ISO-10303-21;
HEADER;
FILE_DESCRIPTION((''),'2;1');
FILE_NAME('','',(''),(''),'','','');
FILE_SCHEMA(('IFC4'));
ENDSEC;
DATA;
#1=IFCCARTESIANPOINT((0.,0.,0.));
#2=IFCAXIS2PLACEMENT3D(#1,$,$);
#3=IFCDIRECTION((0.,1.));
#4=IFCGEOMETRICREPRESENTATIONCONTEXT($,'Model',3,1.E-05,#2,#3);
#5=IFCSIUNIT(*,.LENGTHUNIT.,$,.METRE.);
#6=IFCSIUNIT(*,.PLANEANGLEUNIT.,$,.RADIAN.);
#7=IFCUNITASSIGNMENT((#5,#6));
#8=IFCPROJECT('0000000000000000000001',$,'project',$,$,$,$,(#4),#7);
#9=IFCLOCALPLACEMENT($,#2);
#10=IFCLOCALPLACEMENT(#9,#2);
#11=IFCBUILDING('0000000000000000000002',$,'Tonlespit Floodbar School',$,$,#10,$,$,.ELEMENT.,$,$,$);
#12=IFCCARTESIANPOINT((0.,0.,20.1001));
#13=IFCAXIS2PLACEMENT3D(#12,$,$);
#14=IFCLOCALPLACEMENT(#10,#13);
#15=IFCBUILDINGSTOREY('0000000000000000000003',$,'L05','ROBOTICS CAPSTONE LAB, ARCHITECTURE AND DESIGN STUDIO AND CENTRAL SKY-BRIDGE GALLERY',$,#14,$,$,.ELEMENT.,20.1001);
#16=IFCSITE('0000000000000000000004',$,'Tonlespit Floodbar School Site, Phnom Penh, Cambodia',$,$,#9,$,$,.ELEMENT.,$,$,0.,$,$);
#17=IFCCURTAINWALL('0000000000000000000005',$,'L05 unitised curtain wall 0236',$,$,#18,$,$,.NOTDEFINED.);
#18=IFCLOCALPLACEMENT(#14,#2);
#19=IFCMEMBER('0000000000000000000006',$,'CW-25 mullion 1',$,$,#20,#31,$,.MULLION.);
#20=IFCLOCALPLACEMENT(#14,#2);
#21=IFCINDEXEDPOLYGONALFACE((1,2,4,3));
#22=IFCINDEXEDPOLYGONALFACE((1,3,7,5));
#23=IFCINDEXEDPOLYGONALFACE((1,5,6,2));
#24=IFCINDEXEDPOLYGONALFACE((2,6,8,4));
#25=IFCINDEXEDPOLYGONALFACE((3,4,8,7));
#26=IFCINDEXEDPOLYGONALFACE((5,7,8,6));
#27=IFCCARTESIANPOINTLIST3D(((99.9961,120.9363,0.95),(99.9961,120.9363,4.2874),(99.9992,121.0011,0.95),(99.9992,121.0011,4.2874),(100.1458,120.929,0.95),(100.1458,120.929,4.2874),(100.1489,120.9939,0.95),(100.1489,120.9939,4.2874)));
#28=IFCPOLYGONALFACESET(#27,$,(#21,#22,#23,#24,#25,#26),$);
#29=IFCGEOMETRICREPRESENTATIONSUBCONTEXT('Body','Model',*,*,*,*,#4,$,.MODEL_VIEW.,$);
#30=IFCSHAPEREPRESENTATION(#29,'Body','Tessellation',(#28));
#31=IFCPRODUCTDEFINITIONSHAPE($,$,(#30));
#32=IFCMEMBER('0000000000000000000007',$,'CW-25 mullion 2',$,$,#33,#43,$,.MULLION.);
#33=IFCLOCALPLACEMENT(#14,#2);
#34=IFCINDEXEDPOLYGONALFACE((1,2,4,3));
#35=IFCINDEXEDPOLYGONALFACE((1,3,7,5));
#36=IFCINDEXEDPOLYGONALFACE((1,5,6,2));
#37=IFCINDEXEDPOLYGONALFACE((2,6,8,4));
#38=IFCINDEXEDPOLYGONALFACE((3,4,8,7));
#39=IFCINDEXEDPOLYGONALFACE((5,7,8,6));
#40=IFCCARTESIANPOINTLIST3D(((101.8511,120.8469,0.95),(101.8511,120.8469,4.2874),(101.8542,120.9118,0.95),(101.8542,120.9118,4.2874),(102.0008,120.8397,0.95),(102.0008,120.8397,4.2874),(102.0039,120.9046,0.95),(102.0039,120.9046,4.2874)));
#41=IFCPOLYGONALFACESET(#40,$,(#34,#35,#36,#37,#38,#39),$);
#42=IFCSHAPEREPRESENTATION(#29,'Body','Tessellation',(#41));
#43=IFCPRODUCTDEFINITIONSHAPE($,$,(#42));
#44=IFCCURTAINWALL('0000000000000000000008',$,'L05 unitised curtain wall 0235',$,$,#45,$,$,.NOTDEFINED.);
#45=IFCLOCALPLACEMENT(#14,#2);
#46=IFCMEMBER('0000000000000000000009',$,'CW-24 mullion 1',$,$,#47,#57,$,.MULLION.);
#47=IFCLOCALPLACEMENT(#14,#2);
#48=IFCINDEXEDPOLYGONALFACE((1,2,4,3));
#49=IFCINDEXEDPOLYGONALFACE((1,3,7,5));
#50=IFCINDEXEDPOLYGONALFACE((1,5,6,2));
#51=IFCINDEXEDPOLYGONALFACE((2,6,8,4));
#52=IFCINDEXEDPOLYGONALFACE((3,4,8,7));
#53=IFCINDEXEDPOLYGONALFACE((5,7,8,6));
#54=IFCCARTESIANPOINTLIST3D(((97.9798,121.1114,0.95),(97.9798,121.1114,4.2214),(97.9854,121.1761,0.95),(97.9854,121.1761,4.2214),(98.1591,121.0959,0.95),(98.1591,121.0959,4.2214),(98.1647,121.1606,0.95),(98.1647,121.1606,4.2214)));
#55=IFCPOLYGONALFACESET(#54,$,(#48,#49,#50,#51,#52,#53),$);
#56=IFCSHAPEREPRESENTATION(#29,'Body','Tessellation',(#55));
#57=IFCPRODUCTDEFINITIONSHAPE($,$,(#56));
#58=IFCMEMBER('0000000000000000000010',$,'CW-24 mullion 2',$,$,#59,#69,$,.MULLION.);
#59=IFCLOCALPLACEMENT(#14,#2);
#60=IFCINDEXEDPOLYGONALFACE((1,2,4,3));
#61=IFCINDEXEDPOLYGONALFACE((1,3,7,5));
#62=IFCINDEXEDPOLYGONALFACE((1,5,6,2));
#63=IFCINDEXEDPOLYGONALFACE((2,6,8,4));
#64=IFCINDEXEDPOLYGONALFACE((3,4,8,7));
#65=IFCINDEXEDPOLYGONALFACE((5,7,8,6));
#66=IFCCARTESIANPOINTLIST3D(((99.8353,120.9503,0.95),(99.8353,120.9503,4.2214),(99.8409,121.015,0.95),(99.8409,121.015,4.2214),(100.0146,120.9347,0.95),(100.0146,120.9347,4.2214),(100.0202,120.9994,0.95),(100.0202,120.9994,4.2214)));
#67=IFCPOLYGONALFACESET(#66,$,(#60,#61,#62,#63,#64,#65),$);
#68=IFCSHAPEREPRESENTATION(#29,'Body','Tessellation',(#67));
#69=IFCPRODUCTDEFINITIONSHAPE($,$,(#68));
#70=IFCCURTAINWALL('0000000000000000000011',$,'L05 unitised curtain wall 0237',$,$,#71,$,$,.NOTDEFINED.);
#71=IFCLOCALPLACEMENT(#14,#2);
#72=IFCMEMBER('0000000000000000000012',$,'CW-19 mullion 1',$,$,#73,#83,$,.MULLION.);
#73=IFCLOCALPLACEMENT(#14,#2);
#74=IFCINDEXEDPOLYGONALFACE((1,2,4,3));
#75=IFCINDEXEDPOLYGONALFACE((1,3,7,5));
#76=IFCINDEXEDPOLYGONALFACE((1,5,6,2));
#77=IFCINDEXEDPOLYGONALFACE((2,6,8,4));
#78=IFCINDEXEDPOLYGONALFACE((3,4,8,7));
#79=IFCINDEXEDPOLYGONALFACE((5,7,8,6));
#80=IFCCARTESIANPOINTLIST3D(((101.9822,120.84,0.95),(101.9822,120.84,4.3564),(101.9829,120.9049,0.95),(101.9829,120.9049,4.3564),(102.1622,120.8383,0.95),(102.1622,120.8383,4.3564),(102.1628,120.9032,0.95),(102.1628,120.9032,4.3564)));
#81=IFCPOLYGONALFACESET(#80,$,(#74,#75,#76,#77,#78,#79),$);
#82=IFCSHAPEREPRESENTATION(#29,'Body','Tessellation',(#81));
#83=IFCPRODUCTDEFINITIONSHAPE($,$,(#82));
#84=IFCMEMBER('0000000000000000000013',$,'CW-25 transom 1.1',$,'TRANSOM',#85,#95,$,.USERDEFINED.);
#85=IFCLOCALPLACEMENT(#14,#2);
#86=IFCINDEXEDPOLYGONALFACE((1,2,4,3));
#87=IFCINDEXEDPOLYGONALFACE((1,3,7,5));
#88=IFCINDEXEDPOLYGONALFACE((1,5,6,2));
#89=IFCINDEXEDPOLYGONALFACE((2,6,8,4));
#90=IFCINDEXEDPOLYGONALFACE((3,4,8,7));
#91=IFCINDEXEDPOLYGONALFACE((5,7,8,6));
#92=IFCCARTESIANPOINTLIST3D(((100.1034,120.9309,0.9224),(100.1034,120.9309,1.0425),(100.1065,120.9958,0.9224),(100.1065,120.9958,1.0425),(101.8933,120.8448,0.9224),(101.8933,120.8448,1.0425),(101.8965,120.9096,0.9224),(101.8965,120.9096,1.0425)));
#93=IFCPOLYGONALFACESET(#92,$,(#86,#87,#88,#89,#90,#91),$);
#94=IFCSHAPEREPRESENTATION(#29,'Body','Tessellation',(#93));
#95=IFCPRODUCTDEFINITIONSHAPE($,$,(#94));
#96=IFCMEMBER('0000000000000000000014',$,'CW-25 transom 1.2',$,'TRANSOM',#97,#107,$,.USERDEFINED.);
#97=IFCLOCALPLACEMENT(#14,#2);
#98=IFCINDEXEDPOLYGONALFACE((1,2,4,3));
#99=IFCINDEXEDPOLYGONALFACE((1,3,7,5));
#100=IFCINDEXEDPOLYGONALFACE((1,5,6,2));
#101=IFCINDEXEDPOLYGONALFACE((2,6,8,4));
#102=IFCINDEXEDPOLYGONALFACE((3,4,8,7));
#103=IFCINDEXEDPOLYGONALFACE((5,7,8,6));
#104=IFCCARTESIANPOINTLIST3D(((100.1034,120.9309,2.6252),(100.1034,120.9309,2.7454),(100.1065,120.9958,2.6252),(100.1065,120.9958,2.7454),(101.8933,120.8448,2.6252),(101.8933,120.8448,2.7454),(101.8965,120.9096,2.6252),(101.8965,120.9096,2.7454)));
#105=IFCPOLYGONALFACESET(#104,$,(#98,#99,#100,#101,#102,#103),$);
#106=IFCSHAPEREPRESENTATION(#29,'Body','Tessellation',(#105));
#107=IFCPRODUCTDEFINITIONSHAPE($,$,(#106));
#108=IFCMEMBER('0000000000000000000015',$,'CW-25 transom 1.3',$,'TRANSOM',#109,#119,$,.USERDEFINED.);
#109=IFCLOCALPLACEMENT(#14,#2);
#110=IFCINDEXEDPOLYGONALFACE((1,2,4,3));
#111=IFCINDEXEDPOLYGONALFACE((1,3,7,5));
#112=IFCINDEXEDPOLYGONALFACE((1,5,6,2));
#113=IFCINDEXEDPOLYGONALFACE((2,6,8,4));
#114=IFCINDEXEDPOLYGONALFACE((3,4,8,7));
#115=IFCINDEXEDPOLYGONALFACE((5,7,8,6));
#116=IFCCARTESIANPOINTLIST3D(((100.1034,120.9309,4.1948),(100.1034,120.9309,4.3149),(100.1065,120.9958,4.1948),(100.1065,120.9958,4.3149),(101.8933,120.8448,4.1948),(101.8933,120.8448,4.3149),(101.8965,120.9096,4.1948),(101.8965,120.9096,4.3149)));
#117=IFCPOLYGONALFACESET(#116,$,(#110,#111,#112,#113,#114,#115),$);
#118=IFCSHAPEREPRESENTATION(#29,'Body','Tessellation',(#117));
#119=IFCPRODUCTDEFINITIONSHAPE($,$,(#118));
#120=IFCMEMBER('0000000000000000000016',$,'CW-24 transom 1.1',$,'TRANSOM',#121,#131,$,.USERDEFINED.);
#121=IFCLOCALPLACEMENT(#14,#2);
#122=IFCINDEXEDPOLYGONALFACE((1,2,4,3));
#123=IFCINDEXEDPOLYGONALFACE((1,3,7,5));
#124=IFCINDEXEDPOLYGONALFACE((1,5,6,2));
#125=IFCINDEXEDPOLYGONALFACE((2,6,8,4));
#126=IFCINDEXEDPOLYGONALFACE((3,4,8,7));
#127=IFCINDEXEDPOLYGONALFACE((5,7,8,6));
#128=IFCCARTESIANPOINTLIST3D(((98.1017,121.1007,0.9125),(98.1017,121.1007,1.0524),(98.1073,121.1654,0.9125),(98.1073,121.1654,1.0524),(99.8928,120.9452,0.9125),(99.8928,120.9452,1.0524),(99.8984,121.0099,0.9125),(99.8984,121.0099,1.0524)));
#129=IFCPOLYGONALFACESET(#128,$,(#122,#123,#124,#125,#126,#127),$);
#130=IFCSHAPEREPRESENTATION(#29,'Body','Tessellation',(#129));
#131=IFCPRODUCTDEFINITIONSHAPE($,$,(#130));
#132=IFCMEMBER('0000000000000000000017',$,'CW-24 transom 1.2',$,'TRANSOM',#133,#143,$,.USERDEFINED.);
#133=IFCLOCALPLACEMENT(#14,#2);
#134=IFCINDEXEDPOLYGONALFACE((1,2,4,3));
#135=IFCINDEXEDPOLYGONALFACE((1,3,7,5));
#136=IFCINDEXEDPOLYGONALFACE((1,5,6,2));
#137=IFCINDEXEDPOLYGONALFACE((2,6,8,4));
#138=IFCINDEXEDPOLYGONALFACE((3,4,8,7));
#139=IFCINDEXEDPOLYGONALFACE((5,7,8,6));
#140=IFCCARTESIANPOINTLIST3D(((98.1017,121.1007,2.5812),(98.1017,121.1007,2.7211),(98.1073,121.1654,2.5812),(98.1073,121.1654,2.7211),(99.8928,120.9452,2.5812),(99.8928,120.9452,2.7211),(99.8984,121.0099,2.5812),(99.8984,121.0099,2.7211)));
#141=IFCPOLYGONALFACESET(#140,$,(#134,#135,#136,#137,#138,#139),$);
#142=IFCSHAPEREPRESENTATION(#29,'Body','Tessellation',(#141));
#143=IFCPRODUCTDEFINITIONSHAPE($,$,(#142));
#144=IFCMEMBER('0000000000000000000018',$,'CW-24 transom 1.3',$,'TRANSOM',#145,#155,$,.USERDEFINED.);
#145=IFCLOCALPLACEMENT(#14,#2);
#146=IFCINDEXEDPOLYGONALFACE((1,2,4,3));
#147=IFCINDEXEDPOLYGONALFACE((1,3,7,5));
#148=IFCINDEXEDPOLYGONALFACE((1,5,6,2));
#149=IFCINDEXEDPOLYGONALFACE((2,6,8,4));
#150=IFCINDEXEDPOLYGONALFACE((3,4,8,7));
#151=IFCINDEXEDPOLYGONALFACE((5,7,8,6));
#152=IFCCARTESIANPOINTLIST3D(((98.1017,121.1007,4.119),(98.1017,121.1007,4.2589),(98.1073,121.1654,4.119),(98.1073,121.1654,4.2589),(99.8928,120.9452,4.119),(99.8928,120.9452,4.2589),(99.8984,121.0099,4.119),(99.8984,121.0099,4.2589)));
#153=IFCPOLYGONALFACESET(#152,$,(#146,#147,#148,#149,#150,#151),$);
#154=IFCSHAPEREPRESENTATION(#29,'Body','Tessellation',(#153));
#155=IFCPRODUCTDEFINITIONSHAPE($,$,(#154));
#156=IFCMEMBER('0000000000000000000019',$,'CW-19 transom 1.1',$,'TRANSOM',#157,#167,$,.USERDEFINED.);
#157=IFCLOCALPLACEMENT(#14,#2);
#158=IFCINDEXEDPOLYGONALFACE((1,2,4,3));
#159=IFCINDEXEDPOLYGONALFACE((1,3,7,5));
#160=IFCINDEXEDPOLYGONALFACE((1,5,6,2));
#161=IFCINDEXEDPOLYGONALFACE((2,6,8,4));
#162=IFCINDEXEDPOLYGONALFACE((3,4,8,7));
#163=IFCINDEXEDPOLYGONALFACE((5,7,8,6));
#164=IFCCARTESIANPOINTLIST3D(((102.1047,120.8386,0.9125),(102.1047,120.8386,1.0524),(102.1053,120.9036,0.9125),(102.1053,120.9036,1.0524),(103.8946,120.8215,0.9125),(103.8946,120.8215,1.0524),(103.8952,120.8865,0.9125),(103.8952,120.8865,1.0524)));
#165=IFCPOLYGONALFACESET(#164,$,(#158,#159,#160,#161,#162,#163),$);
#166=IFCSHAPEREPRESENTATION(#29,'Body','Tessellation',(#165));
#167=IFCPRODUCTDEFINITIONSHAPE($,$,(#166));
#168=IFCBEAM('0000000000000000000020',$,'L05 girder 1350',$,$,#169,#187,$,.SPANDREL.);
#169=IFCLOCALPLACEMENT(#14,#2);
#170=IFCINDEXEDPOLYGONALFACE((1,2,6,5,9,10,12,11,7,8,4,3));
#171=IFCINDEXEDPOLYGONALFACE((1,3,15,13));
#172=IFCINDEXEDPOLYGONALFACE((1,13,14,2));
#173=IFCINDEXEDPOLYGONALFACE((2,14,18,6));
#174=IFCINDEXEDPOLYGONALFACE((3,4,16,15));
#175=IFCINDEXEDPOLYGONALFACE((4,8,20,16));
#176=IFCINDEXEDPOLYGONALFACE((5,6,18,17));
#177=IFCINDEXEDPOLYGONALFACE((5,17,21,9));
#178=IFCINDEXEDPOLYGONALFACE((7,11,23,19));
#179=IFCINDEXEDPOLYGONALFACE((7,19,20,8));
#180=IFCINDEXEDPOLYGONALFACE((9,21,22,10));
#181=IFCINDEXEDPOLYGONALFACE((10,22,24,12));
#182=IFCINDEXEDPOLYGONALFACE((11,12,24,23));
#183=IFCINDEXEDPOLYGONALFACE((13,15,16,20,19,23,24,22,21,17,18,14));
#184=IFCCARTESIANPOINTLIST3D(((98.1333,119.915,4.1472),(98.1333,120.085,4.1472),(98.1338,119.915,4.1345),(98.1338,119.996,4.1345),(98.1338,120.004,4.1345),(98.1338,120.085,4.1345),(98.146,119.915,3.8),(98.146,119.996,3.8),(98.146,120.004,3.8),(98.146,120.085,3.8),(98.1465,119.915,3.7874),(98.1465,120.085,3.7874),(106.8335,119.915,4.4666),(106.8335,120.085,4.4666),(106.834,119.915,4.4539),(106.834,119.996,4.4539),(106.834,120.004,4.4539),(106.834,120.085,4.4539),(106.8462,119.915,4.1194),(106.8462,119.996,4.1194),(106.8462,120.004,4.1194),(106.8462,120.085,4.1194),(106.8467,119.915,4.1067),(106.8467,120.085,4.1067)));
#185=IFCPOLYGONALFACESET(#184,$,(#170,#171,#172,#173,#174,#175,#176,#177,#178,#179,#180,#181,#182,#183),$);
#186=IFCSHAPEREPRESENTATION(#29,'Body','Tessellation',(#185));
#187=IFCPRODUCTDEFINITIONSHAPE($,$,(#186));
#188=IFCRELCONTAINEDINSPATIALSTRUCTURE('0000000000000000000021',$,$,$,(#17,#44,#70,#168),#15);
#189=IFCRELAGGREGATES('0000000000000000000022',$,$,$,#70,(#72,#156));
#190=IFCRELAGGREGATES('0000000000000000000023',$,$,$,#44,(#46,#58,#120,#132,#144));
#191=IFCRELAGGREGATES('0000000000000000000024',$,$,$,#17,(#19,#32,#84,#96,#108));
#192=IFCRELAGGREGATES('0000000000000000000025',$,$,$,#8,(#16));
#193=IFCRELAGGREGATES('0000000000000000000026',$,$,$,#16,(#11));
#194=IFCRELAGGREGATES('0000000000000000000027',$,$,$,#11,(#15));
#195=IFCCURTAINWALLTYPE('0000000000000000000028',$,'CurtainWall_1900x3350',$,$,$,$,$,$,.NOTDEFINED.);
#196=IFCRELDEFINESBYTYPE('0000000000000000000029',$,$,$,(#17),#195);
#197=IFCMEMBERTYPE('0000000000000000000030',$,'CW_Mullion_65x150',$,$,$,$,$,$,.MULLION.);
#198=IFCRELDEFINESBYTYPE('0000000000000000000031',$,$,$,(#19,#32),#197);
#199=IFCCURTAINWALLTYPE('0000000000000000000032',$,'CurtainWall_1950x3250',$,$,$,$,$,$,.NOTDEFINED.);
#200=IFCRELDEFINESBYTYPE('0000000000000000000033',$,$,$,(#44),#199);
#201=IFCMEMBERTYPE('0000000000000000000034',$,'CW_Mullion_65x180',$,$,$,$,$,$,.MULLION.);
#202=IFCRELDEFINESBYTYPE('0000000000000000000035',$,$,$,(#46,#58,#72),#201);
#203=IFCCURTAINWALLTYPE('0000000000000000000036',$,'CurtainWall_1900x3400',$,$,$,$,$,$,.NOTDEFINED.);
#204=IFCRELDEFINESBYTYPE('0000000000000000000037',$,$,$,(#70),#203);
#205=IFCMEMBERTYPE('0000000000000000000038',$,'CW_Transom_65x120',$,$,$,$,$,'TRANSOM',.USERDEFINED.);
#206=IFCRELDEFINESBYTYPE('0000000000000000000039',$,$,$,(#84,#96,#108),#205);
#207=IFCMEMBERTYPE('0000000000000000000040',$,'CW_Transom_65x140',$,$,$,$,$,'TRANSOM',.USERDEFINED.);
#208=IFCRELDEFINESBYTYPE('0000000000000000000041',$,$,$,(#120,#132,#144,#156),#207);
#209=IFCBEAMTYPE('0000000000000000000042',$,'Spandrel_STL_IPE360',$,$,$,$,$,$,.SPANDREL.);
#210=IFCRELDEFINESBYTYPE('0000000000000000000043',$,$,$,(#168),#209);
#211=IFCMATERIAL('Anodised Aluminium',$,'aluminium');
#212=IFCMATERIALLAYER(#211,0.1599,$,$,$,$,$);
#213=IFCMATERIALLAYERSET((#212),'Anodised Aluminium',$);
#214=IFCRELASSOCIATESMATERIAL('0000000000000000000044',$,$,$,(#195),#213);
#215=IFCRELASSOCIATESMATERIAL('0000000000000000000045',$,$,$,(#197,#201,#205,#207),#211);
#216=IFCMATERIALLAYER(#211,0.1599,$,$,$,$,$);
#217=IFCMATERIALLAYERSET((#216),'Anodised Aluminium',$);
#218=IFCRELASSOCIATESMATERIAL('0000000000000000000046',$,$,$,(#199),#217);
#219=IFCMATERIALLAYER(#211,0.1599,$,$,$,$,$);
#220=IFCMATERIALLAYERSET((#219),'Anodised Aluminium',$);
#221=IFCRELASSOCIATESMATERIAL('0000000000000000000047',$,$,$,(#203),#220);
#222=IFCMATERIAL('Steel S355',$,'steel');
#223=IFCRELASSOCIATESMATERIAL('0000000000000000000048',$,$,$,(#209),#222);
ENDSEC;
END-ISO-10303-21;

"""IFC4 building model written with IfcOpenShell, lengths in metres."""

from ifc_helpers import new_model, si_unit, direction, frame, origin, origin_2d, place, context, subcontext, project, spatial, rectangle, i_section, extrude, material, layer, layer_set, material_profile, profile_set, type_object, element, aggregate, save


model = new_model("IFC4")

# Units and contexts
model_context = context("Model", 3, precision=1e-05, world=origin(), true_north=direction((0.0, 1.0)))
body_context = subcontext(model_context, "Body", "Model", "MODEL_VIEW")
ifc_project = project(units=[si_unit("LENGTHUNIT", "METRE"), si_unit("PLANEANGLEUNIT", "RADIAN")], contexts=[model_context])

# Site, building, storey
site_placement = place(None, origin())
site = spatial("IfcSite", under=ifc_project, at=site_placement, Name="Tonlespit Floodbar School Site, Phnom Penh, Cambodia", CompositionType="ELEMENT", RefElevation=0.0)
building_placement = place(site_placement, origin())
building = spatial("IfcBuilding", under=site, at=building_placement, Name="Tonlespit Floodbar School", CompositionType="ELEMENT")
storey_placement = place(building_placement, frame((0.0, 0.0, 20.1001)))
storey = spatial("IfcBuildingStorey", under=building, at=storey_placement, Name="L05", Description="ROBOTICS CAPSTONE LAB, ARCHITECTURE AND DESIGN STUDIO AND CENTRAL SKY-BRIDGE GALLERY", CompositionType="ELEMENT", Elevation=20.1001)

# Curtain walls, members
ifc_material_1 = material(Name="Anodised Aluminium", Category="aluminium")
ifc_layer_1 = layer(ifc_material_1, 0.1599)
ifc_layer_set_1 = layer_set([ifc_layer_1], Name="Anodised Aluminium")
curtain_wall_type_1 = type_object("IfcCurtainWallType", Name="CurtainWall_1900x3350", PredefinedType="NOTDEFINED", material=ifc_layer_set_1)
curtain_wall_1_placement = place(storey_placement, origin())
curtain_wall_1 = element("IfcCurtainWall", 1, at=curtain_wall_1_placement, inside=storey, type_object=curtain_wall_type_1, Name="L05 unitised curtain wall 0236", PredefinedType="NOTDEFINED")
ifc_material_profile_1 = material_profile(ifc_material_1, rectangle(XDim=0.0649, YDim=0.1499, at=origin_2d()), Name="ALU M65x150")
ifc_profile_set_1 = profile_set([ifc_material_profile_1], Name="Anodised Aluminium")
member_type_1 = type_object("IfcMemberType", Name="CW_Mullion_65x150", PredefinedType="MULLION", material=ifc_profile_set_1)
member_1_placement = place(storey_placement, frame((100.0725, 120.9651, 0.95), z_axis=(0.0, 0.0, 1.0), x_axis=(0.048121, 0.998842, 0.0)))
member_1 = element("IfcMember", 2, at=member_1_placement, type_object=member_type_1, Name="CW-25 mullion 1", PredefinedType="MULLION", context=body_context, shape_type="SweptSolid", body=[
    extrude(rectangle(XDim=0.0649, YDim=0.1499, at=origin_2d()), origin(), (0.0, 0.0, 1.0), 3.3374),
])
member_2_placement = place(storey_placement, frame((101.9275, 120.8757, 0.95), z_axis=(0.0, 0.0, 1.0), x_axis=(0.048121, 0.998842, 0.0)))
member_2 = element("IfcMember", 3, at=member_2_placement, type_object=member_type_1, Name="CW-25 mullion 2", PredefinedType="MULLION", context=body_context, shape_type="SweptSolid", body=[
    extrude(rectangle(XDim=0.0649, YDim=0.1499, at=origin_2d()), origin(), (0.0, 0.0, 1.0), 3.3374),
])
ifc_layer_2 = layer(ifc_material_1, 0.1599)
ifc_layer_set_2 = layer_set([ifc_layer_2], Name="Anodised Aluminium")
curtain_wall_type_2 = type_object("IfcCurtainWallType", Name="CurtainWall_1950x3250", PredefinedType="NOTDEFINED", material=ifc_layer_set_2)
curtain_wall_2_placement = place(storey_placement, origin())
curtain_wall_2 = element("IfcCurtainWall", 4, at=curtain_wall_2_placement, inside=storey, type_object=curtain_wall_type_2, Name="L05 unitised curtain wall 0235", PredefinedType="NOTDEFINED")
ifc_material_profile_2 = material_profile(ifc_material_1, rectangle(XDim=0.0649, YDim=0.1799, at=origin_2d()), Name="ALU M65x180")
ifc_profile_set_2 = profile_set([ifc_material_profile_2], Name="Anodised Aluminium")
member_type_2 = type_object("IfcMemberType", Name="CW_Mullion_65x180", PredefinedType="MULLION", material=ifc_profile_set_2)
member_3_placement = place(storey_placement, frame((98.0723, 121.136, 0.95), z_axis=(0.0, 0.0, 1.0), x_axis=(0.086531, 0.996249, 0.0)))
member_3 = element("IfcMember", 5, at=member_3_placement, type_object=member_type_2, Name="CW-24 mullion 1", PredefinedType="MULLION", context=body_context, shape_type="SweptSolid", body=[
    extrude(rectangle(XDim=0.0649, YDim=0.1799, at=origin_2d()), origin(), (0.0, 0.0, 1.0), 3.2715),
])
member_4_placement = place(storey_placement, frame((99.9277, 120.9749, 0.95), z_axis=(0.0, 0.0, 1.0), x_axis=(0.086531, 0.996249, 0.0)))
member_4 = element("IfcMember", 6, at=member_4_placement, type_object=member_type_2, Name="CW-24 mullion 2", PredefinedType="MULLION", context=body_context, shape_type="SweptSolid", body=[
    extrude(rectangle(XDim=0.0649, YDim=0.1799, at=origin_2d()), origin(), (0.0, 0.0, 1.0), 3.2715),
])

# Curtain wall, member
ifc_layer_3 = layer(ifc_material_1, 0.1599)
ifc_layer_set_3 = layer_set([ifc_layer_3], Name="Anodised Aluminium")
curtain_wall_type_3 = type_object("IfcCurtainWallType", Name="CurtainWall_1900x3400", PredefinedType="NOTDEFINED", material=ifc_layer_set_3)
curtain_wall_3_placement = place(storey_placement, origin())
curtain_wall_3 = element("IfcCurtainWall", 7, at=curtain_wall_3_placement, inside=storey, type_object=curtain_wall_type_3, Name="L05 unitised curtain wall 0237", PredefinedType="NOTDEFINED")
member_5_placement = place(storey_placement, frame((102.0725, 120.8716, 0.95), z_axis=(0.0, 0.0, 1.0), x_axis=(0.009583, 0.999954, 0.0)))
member_5 = element("IfcMember", 8, at=member_5_placement, type_object=member_type_2, Name="CW-19 mullion 1", PredefinedType="MULLION", context=body_context, shape_type="SweptSolid", body=[
    extrude(rectangle(XDim=0.0649, YDim=0.1799, at=origin_2d()), origin(), (0.0, 0.0, 1.0), 3.4065),
])

# Members
ifc_material_profile_3 = material_profile(ifc_material_1, rectangle(XDim=0.0649, YDim=0.1201, at=origin_2d()), Name="ALU T65x120")
ifc_profile_set_3 = profile_set([ifc_material_profile_3], Name="Anodised Aluminium")
member_type_3 = type_object("IfcMemberType", Name="CW_Transom_65x120", ElementType="TRANSOM", PredefinedType="USERDEFINED", material=ifc_profile_set_3)
member_6_placement = place(storey_placement, frame((100.105, 120.9634, 0.9824), z_axis=(0.998843, -0.048089, 0.0), x_axis=(0.048089, 0.998843, 0.0)))
member_6 = element("IfcMember", 9, at=member_6_placement, type_object=member_type_3, Name="CW-25 transom 1.1", ObjectType="TRANSOM", PredefinedType="USERDEFINED", context=body_context, shape_type="SweptSolid", body=[
    extrude(rectangle(XDim=0.0649, YDim=0.1201, at=origin_2d()), origin(), (0.0, 0.0, 1.0), 1.792),
])
member_7_placement = place(storey_placement, frame((100.105, 120.9634, 2.6853), z_axis=(0.998843, -0.048089, 0.0), x_axis=(0.048089, 0.998843, 0.0)))
member_7 = element("IfcMember", 10, at=member_7_placement, type_object=member_type_3, Name="CW-25 transom 1.2", ObjectType="TRANSOM", PredefinedType="USERDEFINED", context=body_context, shape_type="SweptSolid", body=[
    extrude(rectangle(XDim=0.0649, YDim=0.1201, at=origin_2d()), origin(), (0.0, 0.0, 1.0), 1.792),
])
member_8_placement = place(storey_placement, frame((100.105, 120.9634, 4.2549), z_axis=(0.998843, -0.048089, 0.0), x_axis=(0.048089, 0.998843, 0.0)))
member_8 = element("IfcMember", 11, at=member_8_placement, type_object=member_type_3, Name="CW-25 transom 1.3", ObjectType="TRANSOM", PredefinedType="USERDEFINED", context=body_context, shape_type="SweptSolid", body=[
    extrude(rectangle(XDim=0.0649, YDim=0.1201, at=origin_2d()), origin(), (0.0, 0.0, 1.0), 1.792),
])
ifc_material_profile_4 = material_profile(ifc_material_1, rectangle(XDim=0.0649, YDim=0.1399, at=origin_2d()), Name="ALU T65x140")
ifc_profile_set_4 = profile_set([ifc_material_profile_4], Name="Anodised Aluminium")
member_type_4 = type_object("IfcMemberType", Name="CW_Transom_65x140", ElementType="TRANSOM", PredefinedType="USERDEFINED", material=ifc_profile_set_4)
member_9_placement = place(storey_placement, frame((98.1045, 121.1331, 0.9824), z_axis=(0.996251, -0.086507, 0.0), x_axis=(0.086507, 0.996251, 0.0)))
member_9 = element("IfcMember", 12, at=member_9_placement, type_object=member_type_4, Name="CW-24 transom 1.1", ObjectType="TRANSOM", PredefinedType="USERDEFINED", context=body_context, shape_type="SweptSolid", body=[
    extrude(rectangle(XDim=0.0649, YDim=0.1399, at=origin_2d()), origin(), (0.0, 0.0, 1.0), 1.7979),
])
member_10_placement = place(storey_placement, frame((98.1045, 121.1331, 2.6511), z_axis=(0.996251, -0.086507, 0.0), x_axis=(0.086507, 0.996251, 0.0)))
member_10 = element("IfcMember", 13, at=member_10_placement, type_object=member_type_4, Name="CW-24 transom 1.2", ObjectType="TRANSOM", PredefinedType="USERDEFINED", context=body_context, shape_type="SweptSolid", body=[
    extrude(rectangle(XDim=0.0649, YDim=0.1399, at=origin_2d()), origin(), (0.0, 0.0, 1.0), 1.7979),
])
member_11_placement = place(storey_placement, frame((98.1045, 121.1331, 4.189), z_axis=(0.996251, -0.086507, 0.0), x_axis=(0.086507, 0.996251, 0.0)))
member_11 = element("IfcMember", 14, at=member_11_placement, type_object=member_type_4, Name="CW-24 transom 1.3", ObjectType="TRANSOM", PredefinedType="USERDEFINED", context=body_context, shape_type="SweptSolid", body=[
    extrude(rectangle(XDim=0.0649, YDim=0.1399, at=origin_2d()), origin(), (0.0, 0.0, 1.0), 1.7979),
])
member_12_placement = place(storey_placement, frame((102.105, 120.8711, 0.9824), z_axis=(0.999954, -0.009547, 0.0), x_axis=(0.009547, 0.999954, 0.0)))
member_12 = element("IfcMember", 15, at=member_12_placement, type_object=member_type_4, Name="CW-19 transom 1.1", ObjectType="TRANSOM", PredefinedType="USERDEFINED", context=body_context, shape_type="SweptSolid", body=[
    extrude(rectangle(XDim=0.0649, YDim=0.1399, at=origin_2d()), origin(), (0.0, 0.0, 1.0), 1.79),
])
aggregate(curtain_wall_3, [member_5, member_12])

# Beam
ifc_material_2 = material(Name="Steel S355", Category="steel")
ifc_material_profile_5 = material_profile(ifc_material_2, i_section(OverallWidth=0.1699, OverallDepth=0.3601, WebThickness=0.0081, FlangeThickness=0.0127, at=origin_2d()), Name="IPE 360")
ifc_profile_set_5 = profile_set([ifc_material_profile_5], Name="Steel S355")
beam_type = type_object("IfcBeamType", Name="Spandrel_STL_IPE360", PredefinedType="SPANDREL", material=ifc_profile_set_5)
beam_placement = place(storey_placement, frame((98.1399, 120.0, 3.9673), z_axis=(0.999327, 0.0, 0.03668), x_axis=(0.0, 1.0, 0.0)))
element("IfcBeam", 16, at=beam_placement, inside=storey, type_object=beam_type, Name="L05 girder 1350", PredefinedType="SPANDREL", context=body_context, shape_type="SweptSolid", body=[
    extrude(i_section(OverallWidth=0.1699, OverallDepth=0.3601, WebThickness=0.0081, FlangeThickness=0.0127, at=origin_2d()), origin(), (0.0, 0.0, 1.0), 8.7061),
])

aggregate(curtain_wall_2, [member_3, member_4, member_9, member_10, member_11])
aggregate(curtain_wall_1, [member_1, member_2, member_6, member_7, member_8])

save(model, "model.ifc")
